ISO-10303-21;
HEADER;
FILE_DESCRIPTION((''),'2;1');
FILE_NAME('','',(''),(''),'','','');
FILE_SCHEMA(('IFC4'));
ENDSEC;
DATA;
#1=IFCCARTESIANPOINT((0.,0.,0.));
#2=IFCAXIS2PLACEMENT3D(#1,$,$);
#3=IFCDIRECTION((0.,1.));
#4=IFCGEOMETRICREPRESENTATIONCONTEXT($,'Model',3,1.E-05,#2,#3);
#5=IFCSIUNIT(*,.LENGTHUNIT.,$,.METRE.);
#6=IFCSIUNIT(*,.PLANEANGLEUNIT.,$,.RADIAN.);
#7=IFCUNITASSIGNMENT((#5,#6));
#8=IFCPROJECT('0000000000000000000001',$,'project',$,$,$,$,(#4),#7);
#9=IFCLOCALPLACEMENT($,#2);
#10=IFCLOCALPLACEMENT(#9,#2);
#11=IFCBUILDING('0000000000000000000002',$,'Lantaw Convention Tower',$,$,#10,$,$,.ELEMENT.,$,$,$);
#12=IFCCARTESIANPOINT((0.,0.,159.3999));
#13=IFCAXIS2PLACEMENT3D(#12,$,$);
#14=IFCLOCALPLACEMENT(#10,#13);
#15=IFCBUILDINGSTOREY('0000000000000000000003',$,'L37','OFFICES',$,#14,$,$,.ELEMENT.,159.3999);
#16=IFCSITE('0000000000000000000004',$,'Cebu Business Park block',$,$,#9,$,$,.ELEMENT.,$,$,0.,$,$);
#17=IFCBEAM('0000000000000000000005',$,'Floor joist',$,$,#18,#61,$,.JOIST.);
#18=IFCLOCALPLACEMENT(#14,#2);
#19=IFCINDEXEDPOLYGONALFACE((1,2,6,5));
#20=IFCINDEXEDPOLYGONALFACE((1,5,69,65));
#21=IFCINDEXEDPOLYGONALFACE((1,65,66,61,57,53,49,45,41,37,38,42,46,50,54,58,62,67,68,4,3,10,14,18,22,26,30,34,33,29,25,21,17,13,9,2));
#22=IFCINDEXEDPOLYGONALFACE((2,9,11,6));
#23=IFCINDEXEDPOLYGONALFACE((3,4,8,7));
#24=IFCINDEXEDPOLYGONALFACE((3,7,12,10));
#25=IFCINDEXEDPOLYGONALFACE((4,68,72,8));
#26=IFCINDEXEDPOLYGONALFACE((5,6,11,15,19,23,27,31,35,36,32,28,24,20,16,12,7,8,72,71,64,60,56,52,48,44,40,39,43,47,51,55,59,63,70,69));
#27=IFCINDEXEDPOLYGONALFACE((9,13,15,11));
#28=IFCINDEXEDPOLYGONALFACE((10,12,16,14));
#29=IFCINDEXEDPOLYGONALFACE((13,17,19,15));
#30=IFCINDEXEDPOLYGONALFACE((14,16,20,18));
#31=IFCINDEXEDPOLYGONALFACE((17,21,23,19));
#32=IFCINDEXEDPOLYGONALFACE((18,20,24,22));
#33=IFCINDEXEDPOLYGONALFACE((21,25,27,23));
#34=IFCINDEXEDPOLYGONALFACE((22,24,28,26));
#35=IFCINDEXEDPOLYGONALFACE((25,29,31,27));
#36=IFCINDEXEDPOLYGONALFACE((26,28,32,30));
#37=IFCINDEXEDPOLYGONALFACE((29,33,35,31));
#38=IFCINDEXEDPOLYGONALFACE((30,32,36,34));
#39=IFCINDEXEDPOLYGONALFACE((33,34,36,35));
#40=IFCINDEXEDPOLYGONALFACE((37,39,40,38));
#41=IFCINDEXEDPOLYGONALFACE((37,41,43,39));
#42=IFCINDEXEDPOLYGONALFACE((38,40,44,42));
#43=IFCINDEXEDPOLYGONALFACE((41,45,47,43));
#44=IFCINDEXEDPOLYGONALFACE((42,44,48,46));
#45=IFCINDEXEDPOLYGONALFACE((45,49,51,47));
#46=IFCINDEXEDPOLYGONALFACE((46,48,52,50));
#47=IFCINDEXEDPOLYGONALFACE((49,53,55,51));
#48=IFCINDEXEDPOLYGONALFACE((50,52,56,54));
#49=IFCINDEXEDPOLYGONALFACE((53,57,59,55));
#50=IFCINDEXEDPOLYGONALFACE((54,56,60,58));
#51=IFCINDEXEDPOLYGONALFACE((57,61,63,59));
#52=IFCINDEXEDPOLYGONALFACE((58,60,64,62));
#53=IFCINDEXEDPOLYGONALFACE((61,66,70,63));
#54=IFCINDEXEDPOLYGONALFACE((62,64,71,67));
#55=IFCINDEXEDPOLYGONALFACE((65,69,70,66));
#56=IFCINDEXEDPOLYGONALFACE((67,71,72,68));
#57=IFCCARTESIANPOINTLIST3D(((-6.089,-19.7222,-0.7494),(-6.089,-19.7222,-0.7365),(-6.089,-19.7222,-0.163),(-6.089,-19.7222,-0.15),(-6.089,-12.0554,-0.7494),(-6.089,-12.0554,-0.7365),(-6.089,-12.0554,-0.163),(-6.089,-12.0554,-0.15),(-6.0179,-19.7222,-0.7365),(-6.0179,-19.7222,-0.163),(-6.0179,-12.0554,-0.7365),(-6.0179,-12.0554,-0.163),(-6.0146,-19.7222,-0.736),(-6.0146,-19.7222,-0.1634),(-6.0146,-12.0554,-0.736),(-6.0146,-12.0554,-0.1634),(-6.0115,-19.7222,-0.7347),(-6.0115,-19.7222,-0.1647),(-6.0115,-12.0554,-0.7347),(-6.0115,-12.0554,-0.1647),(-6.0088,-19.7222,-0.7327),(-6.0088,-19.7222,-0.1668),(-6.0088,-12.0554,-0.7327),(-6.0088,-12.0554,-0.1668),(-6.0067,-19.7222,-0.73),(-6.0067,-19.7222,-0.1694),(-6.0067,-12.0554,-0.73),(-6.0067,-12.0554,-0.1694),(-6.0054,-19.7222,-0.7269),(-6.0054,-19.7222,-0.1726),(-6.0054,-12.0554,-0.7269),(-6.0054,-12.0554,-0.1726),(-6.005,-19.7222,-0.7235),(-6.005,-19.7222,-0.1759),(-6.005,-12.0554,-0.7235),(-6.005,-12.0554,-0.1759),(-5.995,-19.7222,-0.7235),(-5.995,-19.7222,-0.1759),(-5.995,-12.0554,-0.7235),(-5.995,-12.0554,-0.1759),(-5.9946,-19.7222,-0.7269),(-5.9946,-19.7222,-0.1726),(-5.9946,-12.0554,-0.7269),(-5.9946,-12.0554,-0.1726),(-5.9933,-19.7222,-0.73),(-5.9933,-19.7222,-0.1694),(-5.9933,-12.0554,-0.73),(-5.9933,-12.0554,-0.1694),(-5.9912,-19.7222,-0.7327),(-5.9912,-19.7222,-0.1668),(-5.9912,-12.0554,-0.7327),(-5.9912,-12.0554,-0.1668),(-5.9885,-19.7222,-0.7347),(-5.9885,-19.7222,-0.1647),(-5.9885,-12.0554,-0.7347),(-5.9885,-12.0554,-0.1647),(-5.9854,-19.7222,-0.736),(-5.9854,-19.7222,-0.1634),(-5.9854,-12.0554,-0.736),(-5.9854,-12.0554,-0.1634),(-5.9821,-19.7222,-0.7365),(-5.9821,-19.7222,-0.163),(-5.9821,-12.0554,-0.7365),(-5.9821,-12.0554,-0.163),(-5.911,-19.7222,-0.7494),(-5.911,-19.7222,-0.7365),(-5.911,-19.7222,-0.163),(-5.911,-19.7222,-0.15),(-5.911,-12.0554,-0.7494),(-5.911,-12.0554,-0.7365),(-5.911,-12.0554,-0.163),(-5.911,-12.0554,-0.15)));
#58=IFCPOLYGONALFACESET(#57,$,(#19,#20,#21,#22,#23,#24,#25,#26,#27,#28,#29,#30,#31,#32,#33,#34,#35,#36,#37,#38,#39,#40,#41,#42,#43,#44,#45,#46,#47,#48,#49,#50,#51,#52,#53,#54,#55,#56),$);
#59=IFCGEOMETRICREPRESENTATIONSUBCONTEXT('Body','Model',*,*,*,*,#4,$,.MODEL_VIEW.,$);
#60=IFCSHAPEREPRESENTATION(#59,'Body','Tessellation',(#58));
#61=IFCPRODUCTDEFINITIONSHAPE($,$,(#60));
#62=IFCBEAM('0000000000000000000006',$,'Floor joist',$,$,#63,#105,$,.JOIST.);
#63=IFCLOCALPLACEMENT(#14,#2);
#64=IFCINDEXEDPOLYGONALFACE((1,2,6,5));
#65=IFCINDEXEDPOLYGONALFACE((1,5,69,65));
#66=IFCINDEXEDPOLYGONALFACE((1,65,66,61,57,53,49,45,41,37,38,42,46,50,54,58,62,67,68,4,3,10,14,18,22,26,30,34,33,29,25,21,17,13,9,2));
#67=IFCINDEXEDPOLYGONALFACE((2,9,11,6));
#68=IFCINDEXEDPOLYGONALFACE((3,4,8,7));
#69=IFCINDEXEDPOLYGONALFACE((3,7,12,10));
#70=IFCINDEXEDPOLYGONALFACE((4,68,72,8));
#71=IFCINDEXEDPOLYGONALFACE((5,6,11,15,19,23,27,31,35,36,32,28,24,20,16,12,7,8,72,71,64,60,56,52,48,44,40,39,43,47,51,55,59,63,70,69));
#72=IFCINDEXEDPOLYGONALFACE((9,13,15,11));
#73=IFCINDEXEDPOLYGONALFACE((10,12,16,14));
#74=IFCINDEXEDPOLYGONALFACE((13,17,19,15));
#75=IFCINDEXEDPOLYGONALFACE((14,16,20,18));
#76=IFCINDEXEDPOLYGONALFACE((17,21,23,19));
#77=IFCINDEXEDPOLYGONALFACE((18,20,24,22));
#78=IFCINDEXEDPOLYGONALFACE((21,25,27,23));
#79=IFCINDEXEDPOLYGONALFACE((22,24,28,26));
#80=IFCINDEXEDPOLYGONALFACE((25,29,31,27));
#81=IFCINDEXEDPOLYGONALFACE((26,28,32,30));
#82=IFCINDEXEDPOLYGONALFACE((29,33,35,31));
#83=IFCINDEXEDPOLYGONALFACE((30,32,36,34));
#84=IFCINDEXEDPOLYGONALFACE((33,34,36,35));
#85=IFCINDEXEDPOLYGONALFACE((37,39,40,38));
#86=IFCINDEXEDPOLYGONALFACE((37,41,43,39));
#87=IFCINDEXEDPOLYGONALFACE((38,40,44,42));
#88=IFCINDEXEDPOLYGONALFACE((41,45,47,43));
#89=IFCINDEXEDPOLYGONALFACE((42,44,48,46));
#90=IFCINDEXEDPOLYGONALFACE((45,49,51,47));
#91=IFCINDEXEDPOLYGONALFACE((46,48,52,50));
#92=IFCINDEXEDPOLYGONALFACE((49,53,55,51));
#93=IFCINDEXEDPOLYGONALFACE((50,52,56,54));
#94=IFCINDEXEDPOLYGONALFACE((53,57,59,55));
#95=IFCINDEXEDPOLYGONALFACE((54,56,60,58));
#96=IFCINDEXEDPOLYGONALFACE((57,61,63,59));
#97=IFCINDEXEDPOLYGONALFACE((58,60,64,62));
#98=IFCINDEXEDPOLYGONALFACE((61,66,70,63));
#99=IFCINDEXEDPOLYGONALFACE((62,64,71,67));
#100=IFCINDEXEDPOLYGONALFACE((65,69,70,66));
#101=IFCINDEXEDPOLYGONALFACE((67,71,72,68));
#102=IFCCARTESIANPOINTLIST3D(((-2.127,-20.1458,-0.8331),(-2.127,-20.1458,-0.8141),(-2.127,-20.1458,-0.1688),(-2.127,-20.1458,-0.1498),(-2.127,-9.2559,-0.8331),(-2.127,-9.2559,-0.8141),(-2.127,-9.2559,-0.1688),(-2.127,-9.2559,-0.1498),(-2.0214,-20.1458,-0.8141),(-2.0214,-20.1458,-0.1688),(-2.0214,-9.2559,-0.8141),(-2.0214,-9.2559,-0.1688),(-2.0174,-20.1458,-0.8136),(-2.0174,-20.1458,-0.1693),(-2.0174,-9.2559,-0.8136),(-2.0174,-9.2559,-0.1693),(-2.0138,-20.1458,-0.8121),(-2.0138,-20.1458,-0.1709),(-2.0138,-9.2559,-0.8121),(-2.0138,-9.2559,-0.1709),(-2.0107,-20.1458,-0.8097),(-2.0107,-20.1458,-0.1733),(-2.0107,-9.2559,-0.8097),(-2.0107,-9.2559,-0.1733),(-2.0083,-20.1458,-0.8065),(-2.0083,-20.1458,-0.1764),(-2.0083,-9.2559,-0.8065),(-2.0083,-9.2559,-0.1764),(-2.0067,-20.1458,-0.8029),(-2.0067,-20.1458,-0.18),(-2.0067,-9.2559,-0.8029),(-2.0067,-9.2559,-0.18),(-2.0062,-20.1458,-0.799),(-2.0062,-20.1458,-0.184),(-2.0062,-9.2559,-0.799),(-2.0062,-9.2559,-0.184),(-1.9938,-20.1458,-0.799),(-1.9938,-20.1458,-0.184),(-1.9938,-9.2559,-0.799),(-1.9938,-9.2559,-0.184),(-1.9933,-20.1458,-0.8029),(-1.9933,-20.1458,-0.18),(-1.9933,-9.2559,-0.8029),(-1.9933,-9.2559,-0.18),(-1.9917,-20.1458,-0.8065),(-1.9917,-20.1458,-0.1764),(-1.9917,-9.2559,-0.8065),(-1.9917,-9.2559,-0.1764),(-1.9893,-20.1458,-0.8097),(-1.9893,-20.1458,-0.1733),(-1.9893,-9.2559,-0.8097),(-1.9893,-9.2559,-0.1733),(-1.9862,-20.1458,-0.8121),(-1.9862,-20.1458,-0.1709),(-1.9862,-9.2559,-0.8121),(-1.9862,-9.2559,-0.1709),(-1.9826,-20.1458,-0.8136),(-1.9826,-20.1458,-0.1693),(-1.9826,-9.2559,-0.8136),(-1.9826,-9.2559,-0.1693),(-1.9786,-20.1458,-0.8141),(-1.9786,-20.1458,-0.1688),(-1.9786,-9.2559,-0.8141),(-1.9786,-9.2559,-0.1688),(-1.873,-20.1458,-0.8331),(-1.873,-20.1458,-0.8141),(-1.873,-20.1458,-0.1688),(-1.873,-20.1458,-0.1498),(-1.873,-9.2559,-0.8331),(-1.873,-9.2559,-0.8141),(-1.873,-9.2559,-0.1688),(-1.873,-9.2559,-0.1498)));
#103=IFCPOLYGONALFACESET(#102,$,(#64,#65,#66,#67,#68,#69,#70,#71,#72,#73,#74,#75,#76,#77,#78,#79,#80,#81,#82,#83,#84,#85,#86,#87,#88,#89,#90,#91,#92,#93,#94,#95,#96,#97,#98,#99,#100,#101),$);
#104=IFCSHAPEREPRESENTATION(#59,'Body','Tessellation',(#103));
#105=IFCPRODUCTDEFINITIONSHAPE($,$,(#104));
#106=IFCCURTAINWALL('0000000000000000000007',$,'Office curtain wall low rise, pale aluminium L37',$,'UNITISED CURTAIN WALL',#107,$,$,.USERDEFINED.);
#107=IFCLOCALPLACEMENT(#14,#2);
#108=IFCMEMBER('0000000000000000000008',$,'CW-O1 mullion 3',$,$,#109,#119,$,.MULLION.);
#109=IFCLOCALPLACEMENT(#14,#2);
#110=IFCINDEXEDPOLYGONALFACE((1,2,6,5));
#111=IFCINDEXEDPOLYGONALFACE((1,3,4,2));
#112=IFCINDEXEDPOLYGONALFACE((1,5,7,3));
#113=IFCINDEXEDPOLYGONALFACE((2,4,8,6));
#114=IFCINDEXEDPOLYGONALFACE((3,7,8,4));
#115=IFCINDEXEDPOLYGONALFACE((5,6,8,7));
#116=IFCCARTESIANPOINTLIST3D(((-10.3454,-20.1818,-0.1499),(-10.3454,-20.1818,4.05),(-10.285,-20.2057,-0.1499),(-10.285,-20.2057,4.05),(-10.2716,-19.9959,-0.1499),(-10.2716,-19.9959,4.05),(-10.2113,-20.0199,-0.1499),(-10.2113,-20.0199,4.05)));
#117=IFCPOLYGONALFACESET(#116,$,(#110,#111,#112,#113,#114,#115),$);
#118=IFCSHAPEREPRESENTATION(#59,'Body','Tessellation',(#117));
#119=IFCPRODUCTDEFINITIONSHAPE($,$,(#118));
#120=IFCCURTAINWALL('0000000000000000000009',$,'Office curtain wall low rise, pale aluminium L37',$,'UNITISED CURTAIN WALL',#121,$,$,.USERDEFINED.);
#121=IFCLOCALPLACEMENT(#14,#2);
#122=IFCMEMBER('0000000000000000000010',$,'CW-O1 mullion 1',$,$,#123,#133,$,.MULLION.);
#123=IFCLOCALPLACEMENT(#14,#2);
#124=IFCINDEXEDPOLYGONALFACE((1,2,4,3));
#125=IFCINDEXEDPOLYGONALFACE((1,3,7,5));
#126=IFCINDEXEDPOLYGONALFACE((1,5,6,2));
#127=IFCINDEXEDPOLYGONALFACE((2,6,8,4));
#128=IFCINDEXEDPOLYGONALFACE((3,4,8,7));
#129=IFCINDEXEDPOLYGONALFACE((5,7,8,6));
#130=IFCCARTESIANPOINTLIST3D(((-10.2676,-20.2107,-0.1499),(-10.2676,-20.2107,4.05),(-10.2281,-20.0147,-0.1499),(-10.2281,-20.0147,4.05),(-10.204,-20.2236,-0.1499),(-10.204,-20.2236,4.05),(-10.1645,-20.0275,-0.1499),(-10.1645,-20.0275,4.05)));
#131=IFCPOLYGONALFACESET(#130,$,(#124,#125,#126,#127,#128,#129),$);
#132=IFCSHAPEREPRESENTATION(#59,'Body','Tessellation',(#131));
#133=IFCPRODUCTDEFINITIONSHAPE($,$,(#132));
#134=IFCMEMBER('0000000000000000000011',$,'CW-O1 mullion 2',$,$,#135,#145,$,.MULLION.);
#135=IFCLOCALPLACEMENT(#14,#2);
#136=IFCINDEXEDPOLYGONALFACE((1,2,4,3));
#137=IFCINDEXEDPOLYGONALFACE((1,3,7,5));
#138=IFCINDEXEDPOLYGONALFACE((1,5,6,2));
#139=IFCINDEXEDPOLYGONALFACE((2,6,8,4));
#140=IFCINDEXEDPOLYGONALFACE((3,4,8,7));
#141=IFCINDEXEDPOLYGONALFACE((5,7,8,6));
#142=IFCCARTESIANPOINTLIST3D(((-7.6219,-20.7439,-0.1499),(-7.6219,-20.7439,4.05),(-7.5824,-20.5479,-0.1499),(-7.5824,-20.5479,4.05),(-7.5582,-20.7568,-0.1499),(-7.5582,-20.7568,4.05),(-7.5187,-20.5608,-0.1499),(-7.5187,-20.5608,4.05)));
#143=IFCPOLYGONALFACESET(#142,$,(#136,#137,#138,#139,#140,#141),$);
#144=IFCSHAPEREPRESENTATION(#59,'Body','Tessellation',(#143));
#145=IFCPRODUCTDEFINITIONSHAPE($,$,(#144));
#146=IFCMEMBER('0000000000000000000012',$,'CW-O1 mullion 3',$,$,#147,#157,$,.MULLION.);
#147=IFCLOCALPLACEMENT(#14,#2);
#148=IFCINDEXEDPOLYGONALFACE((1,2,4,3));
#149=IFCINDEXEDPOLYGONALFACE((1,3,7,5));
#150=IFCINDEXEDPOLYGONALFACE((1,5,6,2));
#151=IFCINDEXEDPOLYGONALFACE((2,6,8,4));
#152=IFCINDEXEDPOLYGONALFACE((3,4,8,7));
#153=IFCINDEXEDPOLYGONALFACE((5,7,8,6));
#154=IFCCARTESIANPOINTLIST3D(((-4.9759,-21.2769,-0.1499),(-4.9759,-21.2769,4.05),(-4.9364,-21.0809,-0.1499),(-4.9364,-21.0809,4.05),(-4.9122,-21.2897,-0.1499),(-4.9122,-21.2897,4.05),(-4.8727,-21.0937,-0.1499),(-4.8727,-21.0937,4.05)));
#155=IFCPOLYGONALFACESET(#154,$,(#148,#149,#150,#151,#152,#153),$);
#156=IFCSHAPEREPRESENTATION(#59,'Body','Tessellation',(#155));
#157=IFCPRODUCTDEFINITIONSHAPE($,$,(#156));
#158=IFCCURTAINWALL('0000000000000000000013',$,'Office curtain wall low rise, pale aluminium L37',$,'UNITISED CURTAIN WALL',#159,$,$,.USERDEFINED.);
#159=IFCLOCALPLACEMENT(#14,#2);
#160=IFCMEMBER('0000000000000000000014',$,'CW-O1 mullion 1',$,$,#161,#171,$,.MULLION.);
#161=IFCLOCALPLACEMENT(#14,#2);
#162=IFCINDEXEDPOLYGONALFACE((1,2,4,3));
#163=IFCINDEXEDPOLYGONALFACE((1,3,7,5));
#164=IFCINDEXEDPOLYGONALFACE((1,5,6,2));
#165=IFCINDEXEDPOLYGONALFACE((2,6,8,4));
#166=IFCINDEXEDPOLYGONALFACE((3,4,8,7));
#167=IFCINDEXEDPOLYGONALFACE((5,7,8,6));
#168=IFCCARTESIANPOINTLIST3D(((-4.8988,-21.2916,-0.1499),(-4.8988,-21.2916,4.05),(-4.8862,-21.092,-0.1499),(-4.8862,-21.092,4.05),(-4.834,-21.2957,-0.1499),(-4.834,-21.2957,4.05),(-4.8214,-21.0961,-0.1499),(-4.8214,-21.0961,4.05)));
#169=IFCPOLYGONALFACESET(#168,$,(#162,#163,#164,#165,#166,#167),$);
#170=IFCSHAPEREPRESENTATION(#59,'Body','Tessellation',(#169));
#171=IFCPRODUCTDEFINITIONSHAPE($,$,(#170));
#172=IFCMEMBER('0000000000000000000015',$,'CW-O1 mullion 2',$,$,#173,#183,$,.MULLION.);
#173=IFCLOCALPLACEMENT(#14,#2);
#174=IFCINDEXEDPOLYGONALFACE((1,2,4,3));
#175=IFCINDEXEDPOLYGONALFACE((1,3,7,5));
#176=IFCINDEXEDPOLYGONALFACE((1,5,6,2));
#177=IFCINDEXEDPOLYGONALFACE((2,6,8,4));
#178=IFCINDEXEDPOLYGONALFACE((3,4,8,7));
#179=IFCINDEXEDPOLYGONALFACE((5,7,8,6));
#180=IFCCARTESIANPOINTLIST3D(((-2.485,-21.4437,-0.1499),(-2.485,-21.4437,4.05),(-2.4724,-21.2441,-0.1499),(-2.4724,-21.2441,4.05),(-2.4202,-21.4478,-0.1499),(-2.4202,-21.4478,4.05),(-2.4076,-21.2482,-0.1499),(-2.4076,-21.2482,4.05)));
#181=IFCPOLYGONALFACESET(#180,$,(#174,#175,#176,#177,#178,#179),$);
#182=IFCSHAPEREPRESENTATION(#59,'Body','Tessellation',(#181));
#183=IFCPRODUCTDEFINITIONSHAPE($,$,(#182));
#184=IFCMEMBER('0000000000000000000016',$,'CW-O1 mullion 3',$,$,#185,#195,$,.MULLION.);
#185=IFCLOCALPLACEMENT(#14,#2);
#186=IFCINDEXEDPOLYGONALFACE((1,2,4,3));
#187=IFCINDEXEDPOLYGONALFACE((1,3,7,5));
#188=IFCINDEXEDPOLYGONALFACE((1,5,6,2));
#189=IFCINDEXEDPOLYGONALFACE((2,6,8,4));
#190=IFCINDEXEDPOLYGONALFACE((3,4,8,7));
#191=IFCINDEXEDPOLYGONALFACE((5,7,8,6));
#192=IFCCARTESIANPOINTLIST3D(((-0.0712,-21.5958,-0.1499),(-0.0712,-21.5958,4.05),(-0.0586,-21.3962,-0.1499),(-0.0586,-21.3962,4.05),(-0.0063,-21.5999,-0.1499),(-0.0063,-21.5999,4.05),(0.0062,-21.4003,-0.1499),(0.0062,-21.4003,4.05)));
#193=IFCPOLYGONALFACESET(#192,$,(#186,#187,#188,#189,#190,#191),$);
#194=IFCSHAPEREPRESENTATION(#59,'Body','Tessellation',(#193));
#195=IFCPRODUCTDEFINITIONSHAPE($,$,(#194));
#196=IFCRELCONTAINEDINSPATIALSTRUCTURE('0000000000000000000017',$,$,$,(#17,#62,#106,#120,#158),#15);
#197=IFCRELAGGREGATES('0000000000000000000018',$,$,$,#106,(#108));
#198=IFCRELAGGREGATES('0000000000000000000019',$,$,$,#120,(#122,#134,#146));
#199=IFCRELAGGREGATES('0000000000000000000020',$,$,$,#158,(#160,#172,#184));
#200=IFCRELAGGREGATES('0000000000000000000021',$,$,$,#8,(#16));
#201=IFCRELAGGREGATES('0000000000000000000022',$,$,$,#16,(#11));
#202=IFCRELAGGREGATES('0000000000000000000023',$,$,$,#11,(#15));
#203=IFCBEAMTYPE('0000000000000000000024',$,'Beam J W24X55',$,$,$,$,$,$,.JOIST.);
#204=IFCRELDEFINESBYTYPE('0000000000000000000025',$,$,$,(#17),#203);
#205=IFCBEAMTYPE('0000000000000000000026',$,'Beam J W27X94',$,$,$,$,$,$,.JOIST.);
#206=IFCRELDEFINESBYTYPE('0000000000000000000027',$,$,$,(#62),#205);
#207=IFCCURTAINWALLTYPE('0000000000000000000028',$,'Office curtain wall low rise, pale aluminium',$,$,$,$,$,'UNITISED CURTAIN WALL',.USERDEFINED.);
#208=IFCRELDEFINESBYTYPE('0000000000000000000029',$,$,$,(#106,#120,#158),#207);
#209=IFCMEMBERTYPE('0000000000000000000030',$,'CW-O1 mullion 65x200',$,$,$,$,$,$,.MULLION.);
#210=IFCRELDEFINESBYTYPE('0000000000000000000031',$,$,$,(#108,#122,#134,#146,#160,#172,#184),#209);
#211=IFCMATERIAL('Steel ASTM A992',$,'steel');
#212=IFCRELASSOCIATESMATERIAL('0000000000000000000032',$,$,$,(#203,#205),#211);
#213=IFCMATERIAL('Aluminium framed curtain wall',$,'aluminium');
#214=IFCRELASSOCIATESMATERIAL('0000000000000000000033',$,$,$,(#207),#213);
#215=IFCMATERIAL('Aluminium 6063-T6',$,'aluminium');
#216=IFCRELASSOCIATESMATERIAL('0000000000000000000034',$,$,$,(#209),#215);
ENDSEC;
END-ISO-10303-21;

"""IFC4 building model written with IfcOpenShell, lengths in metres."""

from ifc_helpers import new_model, si_unit, direction, frame, origin, origin_2d, place, context, subcontext, project, spatial, rectangle, i_section, extrude, material, material_profile, profile_set, type_object, element, aggregate, save


model = new_model("IFC4")

# Units and contexts
model_context = context("Model", 3, precision=1e-05, world=origin(), true_north=direction((0.0, 1.0)))
body_context = subcontext(model_context, "Body", "Model", "MODEL_VIEW")
ifc_project = project(units=[si_unit("LENGTHUNIT", "METRE"), si_unit("PLANEANGLEUNIT", "RADIAN")], contexts=[model_context])

# Site, building, storey
site_placement = place(None, origin())
site = spatial("IfcSite", under=ifc_project, at=site_placement, Name="Cebu Business Park block", CompositionType="ELEMENT", RefElevation=0.0)
building_placement = place(site_placement, origin())
building = spatial("IfcBuilding", under=site, at=building_placement, Name="Lantaw Convention Tower", CompositionType="ELEMENT")
storey_placement = place(building_placement, frame((0.0, 0.0, 159.3999)))
storey = spatial("IfcBuildingStorey", under=building, at=storey_placement, Name="L37", Description="OFFICES", CompositionType="ELEMENT", Elevation=159.3999)

# Beams
ifc_material_1 = material(Name="Steel ASTM A992", Category="steel")
ifc_material_profile_1 = material_profile(ifc_material_1, i_section(OverallWidth=0.178, OverallDepth=0.5994, WebThickness=0.01, FlangeThickness=0.0129, FilletRadius=0.0129, at=origin_2d()), Name="W24X55")
ifc_profile_set_1 = profile_set([ifc_material_profile_1], Name="Steel ASTM A992")
beam_type_1 = type_object("IfcBeamType", Name="Beam J W24X55", PredefinedType="JOIST", material=ifc_profile_set_1)
beam_1_placement = place(storey_placement, frame((-6.0, -19.7222, -0.4497), z_axis=(0.0, 1.0, 0.0), x_axis=(-1.0, 0.0, 0.0)))
element("IfcBeam", 1, at=beam_1_placement, inside=storey, type_object=beam_type_1, Name="Floor joist", PredefinedType="JOIST", context=body_context, shape_type="SweptSolid", body=[
    extrude(i_section(OverallWidth=0.178, OverallDepth=0.5994, WebThickness=0.01, FlangeThickness=0.0129, FilletRadius=0.0129, at=origin_2d()), origin(), (0.0, 0.0, 1.0), 7.6667),
])
ifc_material_profile_2 = material_profile(ifc_material_1, i_section(OverallWidth=0.2539, OverallDepth=0.6833, WebThickness=0.0125, FlangeThickness=0.019, FilletRadius=0.0151, at=origin_2d()), Name="W27X94")
ifc_profile_set_2 = profile_set([ifc_material_profile_2], Name="Steel ASTM A992")
beam_type_2 = type_object("IfcBeamType", Name="Beam J W27X94", PredefinedType="JOIST", material=ifc_profile_set_2)
beam_2_placement = place(storey_placement, frame((-2.0, -20.1458, -0.4915), z_axis=(0.0, 1.0, 0.0), x_axis=(-1.0, 0.0, 0.0)))
element("IfcBeam", 2, at=beam_2_placement, inside=storey, type_object=beam_type_2, Name="Floor joist", PredefinedType="JOIST", context=body_context, shape_type="SweptSolid", body=[
    extrude(i_section(OverallWidth=0.2539, OverallDepth=0.6833, WebThickness=0.0125, FlangeThickness=0.019, FilletRadius=0.0151, at=origin_2d()), origin(), (0.0, 0.0, 1.0), 10.8899),
])

# Curtain wall, member
ifc_material_2 = material(Name="Aluminium framed curtain wall", Category="aluminium")
curtain_wall_type = type_object("IfcCurtainWallType", Name="Office curtain wall low rise, pale aluminium", ElementType="UNITISED CURTAIN WALL", PredefinedType="USERDEFINED", material=ifc_material_2)
curtain_wall_1_placement = place(storey_placement, origin())
curtain_wall_1 = element("IfcCurtainWall", 3, at=curtain_wall_1_placement, inside=storey, type_object=curtain_wall_type, Name="Office curtain wall low rise, pale aluminium L37", ObjectType="UNITISED CURTAIN WALL", PredefinedType="USERDEFINED")
ifc_material_3 = material(Name="Aluminium 6063-T6", Category="aluminium")
ifc_material_profile_3 = material_profile(ifc_material_3, rectangle(XDim=0.2, YDim=0.0649, at=origin_2d()), Name="CW-O1 mullion 65x200")
ifc_profile_set_3 = profile_set([ifc_material_profile_3], Name="Aluminium 6063-T6")
member_type_1 = type_object("IfcMemberType", Name="CW-O1 mullion 65x200", PredefinedType="MULLION", material=ifc_profile_set_3)
member_1_placement = place(storey_placement, frame((-10.2783, -20.1008, -0.1499), z_axis=(0.0, 0.0, 1.0), x_axis=(0.368702, 0.929548, 0.0)))
member_1 = element("IfcMember", 4, at=member_1_placement, type_object=member_type_1, Name="CW-O1 mullion 3", PredefinedType="MULLION", context=body_context, shape_type="SweptSolid", body=[
    extrude(rectangle(XDim=0.2, YDim=0.0649, at=origin_2d()), origin(), (0.0, 0.0, 1.0), 4.2),
])

# Curtain walls, members
curtain_wall_2_placement = place(storey_placement, origin())
curtain_wall_2 = element("IfcCurtainWall", 5, at=curtain_wall_2_placement, inside=storey, type_object=curtain_wall_type, Name="Office curtain wall low rise, pale aluminium L37", ObjectType="UNITISED CURTAIN WALL", PredefinedType="USERDEFINED")
member_2_placement = place(storey_placement, frame((-10.2161, -20.1191, -0.1499), z_axis=(0.0, 0.0, 1.0), x_axis=(0.197507, 0.980302, 0.0)))
member_2 = element("IfcMember", 6, at=member_2_placement, type_object=member_type_1, Name="CW-O1 mullion 1", PredefinedType="MULLION", context=body_context, shape_type="SweptSolid", body=[
    extrude(rectangle(XDim=0.2, YDim=0.0649, at=origin_2d()), origin(), (0.0, 0.0, 1.0), 4.2),
])
member_3_placement = place(storey_placement, frame((-7.5703, -20.6523, -0.1499), z_axis=(0.0, 0.0, 1.0), x_axis=(0.197507, 0.980302, 0.0)))
member_3 = element("IfcMember", 7, at=member_3_placement, type_object=member_type_1, Name="CW-O1 mullion 2", PredefinedType="MULLION", context=body_context, shape_type="SweptSolid", body=[
    extrude(rectangle(XDim=0.2, YDim=0.0649, at=origin_2d()), origin(), (0.0, 0.0, 1.0), 4.2),
])
member_4_placement = place(storey_placement, frame((-4.9243, -21.1853, -0.1499), z_axis=(0.0, 0.0, 1.0), x_axis=(0.197507, 0.980302, 0.0)))
member_4 = element("IfcMember", 8, at=member_4_placement, type_object=member_type_1, Name="CW-O1 mullion 3", PredefinedType="MULLION", context=body_context, shape_type="SweptSolid", body=[
    extrude(rectangle(XDim=0.2, YDim=0.0649, at=origin_2d()), origin(), (0.0, 0.0, 1.0), 4.2),
])
curtain_wall_3_placement = place(storey_placement, origin())
curtain_wall_3 = element("IfcCurtainWall", 9, at=curtain_wall_3_placement, inside=storey, type_object=curtain_wall_type, Name="Office curtain wall low rise, pale aluminium L37", ObjectType="UNITISED CURTAIN WALL", PredefinedType="USERDEFINED")
member_5_placement = place(storey_placement, frame((-4.8601, -21.1938, -0.1499), z_axis=(0.0, 0.0, 1.0), x_axis=(0.062865, 0.998022, 0.0)))
member_5 = element("IfcMember", 10, at=member_5_placement, type_object=member_type_1, Name="CW-O1 mullion 1", PredefinedType="MULLION", context=body_context, shape_type="SweptSolid", body=[
    extrude(rectangle(XDim=0.2, YDim=0.0649, at=origin_2d()), origin(), (0.0, 0.0, 1.0), 4.2),
])
member_6_placement = place(storey_placement, frame((-2.4463, -21.3459, -0.1499), z_axis=(0.0, 0.0, 1.0), x_axis=(0.062865, 0.998022, 0.0)))
member_6 = element("IfcMember", 11, at=member_6_placement, type_object=member_type_1, Name="CW-O1 mullion 2", PredefinedType="MULLION", context=body_context, shape_type="SweptSolid", body=[
    extrude(rectangle(XDim=0.2, YDim=0.0649, at=origin_2d()), origin(), (0.0, 0.0, 1.0), 4.2),
])
member_7_placement = place(storey_placement, frame((-0.0325, -21.498, -0.1499), z_axis=(0.0, 0.0, 1.0), x_axis=(0.062865, 0.998022, 0.0)))
member_7 = element("IfcMember", 12, at=member_7_placement, type_object=member_type_1, Name="CW-O1 mullion 3", PredefinedType="MULLION", context=body_context, shape_type="SweptSolid", body=[
    extrude(rectangle(XDim=0.2, YDim=0.0649, at=origin_2d()), origin(), (0.0, 0.0, 1.0), 4.2),
])

aggregate(curtain_wall_1, [member_1])
aggregate(curtain_wall_2, [member_2, member_3, member_4])
aggregate(curtain_wall_3, [member_5, member_6, member_7])

save(model, "model.ifc")
